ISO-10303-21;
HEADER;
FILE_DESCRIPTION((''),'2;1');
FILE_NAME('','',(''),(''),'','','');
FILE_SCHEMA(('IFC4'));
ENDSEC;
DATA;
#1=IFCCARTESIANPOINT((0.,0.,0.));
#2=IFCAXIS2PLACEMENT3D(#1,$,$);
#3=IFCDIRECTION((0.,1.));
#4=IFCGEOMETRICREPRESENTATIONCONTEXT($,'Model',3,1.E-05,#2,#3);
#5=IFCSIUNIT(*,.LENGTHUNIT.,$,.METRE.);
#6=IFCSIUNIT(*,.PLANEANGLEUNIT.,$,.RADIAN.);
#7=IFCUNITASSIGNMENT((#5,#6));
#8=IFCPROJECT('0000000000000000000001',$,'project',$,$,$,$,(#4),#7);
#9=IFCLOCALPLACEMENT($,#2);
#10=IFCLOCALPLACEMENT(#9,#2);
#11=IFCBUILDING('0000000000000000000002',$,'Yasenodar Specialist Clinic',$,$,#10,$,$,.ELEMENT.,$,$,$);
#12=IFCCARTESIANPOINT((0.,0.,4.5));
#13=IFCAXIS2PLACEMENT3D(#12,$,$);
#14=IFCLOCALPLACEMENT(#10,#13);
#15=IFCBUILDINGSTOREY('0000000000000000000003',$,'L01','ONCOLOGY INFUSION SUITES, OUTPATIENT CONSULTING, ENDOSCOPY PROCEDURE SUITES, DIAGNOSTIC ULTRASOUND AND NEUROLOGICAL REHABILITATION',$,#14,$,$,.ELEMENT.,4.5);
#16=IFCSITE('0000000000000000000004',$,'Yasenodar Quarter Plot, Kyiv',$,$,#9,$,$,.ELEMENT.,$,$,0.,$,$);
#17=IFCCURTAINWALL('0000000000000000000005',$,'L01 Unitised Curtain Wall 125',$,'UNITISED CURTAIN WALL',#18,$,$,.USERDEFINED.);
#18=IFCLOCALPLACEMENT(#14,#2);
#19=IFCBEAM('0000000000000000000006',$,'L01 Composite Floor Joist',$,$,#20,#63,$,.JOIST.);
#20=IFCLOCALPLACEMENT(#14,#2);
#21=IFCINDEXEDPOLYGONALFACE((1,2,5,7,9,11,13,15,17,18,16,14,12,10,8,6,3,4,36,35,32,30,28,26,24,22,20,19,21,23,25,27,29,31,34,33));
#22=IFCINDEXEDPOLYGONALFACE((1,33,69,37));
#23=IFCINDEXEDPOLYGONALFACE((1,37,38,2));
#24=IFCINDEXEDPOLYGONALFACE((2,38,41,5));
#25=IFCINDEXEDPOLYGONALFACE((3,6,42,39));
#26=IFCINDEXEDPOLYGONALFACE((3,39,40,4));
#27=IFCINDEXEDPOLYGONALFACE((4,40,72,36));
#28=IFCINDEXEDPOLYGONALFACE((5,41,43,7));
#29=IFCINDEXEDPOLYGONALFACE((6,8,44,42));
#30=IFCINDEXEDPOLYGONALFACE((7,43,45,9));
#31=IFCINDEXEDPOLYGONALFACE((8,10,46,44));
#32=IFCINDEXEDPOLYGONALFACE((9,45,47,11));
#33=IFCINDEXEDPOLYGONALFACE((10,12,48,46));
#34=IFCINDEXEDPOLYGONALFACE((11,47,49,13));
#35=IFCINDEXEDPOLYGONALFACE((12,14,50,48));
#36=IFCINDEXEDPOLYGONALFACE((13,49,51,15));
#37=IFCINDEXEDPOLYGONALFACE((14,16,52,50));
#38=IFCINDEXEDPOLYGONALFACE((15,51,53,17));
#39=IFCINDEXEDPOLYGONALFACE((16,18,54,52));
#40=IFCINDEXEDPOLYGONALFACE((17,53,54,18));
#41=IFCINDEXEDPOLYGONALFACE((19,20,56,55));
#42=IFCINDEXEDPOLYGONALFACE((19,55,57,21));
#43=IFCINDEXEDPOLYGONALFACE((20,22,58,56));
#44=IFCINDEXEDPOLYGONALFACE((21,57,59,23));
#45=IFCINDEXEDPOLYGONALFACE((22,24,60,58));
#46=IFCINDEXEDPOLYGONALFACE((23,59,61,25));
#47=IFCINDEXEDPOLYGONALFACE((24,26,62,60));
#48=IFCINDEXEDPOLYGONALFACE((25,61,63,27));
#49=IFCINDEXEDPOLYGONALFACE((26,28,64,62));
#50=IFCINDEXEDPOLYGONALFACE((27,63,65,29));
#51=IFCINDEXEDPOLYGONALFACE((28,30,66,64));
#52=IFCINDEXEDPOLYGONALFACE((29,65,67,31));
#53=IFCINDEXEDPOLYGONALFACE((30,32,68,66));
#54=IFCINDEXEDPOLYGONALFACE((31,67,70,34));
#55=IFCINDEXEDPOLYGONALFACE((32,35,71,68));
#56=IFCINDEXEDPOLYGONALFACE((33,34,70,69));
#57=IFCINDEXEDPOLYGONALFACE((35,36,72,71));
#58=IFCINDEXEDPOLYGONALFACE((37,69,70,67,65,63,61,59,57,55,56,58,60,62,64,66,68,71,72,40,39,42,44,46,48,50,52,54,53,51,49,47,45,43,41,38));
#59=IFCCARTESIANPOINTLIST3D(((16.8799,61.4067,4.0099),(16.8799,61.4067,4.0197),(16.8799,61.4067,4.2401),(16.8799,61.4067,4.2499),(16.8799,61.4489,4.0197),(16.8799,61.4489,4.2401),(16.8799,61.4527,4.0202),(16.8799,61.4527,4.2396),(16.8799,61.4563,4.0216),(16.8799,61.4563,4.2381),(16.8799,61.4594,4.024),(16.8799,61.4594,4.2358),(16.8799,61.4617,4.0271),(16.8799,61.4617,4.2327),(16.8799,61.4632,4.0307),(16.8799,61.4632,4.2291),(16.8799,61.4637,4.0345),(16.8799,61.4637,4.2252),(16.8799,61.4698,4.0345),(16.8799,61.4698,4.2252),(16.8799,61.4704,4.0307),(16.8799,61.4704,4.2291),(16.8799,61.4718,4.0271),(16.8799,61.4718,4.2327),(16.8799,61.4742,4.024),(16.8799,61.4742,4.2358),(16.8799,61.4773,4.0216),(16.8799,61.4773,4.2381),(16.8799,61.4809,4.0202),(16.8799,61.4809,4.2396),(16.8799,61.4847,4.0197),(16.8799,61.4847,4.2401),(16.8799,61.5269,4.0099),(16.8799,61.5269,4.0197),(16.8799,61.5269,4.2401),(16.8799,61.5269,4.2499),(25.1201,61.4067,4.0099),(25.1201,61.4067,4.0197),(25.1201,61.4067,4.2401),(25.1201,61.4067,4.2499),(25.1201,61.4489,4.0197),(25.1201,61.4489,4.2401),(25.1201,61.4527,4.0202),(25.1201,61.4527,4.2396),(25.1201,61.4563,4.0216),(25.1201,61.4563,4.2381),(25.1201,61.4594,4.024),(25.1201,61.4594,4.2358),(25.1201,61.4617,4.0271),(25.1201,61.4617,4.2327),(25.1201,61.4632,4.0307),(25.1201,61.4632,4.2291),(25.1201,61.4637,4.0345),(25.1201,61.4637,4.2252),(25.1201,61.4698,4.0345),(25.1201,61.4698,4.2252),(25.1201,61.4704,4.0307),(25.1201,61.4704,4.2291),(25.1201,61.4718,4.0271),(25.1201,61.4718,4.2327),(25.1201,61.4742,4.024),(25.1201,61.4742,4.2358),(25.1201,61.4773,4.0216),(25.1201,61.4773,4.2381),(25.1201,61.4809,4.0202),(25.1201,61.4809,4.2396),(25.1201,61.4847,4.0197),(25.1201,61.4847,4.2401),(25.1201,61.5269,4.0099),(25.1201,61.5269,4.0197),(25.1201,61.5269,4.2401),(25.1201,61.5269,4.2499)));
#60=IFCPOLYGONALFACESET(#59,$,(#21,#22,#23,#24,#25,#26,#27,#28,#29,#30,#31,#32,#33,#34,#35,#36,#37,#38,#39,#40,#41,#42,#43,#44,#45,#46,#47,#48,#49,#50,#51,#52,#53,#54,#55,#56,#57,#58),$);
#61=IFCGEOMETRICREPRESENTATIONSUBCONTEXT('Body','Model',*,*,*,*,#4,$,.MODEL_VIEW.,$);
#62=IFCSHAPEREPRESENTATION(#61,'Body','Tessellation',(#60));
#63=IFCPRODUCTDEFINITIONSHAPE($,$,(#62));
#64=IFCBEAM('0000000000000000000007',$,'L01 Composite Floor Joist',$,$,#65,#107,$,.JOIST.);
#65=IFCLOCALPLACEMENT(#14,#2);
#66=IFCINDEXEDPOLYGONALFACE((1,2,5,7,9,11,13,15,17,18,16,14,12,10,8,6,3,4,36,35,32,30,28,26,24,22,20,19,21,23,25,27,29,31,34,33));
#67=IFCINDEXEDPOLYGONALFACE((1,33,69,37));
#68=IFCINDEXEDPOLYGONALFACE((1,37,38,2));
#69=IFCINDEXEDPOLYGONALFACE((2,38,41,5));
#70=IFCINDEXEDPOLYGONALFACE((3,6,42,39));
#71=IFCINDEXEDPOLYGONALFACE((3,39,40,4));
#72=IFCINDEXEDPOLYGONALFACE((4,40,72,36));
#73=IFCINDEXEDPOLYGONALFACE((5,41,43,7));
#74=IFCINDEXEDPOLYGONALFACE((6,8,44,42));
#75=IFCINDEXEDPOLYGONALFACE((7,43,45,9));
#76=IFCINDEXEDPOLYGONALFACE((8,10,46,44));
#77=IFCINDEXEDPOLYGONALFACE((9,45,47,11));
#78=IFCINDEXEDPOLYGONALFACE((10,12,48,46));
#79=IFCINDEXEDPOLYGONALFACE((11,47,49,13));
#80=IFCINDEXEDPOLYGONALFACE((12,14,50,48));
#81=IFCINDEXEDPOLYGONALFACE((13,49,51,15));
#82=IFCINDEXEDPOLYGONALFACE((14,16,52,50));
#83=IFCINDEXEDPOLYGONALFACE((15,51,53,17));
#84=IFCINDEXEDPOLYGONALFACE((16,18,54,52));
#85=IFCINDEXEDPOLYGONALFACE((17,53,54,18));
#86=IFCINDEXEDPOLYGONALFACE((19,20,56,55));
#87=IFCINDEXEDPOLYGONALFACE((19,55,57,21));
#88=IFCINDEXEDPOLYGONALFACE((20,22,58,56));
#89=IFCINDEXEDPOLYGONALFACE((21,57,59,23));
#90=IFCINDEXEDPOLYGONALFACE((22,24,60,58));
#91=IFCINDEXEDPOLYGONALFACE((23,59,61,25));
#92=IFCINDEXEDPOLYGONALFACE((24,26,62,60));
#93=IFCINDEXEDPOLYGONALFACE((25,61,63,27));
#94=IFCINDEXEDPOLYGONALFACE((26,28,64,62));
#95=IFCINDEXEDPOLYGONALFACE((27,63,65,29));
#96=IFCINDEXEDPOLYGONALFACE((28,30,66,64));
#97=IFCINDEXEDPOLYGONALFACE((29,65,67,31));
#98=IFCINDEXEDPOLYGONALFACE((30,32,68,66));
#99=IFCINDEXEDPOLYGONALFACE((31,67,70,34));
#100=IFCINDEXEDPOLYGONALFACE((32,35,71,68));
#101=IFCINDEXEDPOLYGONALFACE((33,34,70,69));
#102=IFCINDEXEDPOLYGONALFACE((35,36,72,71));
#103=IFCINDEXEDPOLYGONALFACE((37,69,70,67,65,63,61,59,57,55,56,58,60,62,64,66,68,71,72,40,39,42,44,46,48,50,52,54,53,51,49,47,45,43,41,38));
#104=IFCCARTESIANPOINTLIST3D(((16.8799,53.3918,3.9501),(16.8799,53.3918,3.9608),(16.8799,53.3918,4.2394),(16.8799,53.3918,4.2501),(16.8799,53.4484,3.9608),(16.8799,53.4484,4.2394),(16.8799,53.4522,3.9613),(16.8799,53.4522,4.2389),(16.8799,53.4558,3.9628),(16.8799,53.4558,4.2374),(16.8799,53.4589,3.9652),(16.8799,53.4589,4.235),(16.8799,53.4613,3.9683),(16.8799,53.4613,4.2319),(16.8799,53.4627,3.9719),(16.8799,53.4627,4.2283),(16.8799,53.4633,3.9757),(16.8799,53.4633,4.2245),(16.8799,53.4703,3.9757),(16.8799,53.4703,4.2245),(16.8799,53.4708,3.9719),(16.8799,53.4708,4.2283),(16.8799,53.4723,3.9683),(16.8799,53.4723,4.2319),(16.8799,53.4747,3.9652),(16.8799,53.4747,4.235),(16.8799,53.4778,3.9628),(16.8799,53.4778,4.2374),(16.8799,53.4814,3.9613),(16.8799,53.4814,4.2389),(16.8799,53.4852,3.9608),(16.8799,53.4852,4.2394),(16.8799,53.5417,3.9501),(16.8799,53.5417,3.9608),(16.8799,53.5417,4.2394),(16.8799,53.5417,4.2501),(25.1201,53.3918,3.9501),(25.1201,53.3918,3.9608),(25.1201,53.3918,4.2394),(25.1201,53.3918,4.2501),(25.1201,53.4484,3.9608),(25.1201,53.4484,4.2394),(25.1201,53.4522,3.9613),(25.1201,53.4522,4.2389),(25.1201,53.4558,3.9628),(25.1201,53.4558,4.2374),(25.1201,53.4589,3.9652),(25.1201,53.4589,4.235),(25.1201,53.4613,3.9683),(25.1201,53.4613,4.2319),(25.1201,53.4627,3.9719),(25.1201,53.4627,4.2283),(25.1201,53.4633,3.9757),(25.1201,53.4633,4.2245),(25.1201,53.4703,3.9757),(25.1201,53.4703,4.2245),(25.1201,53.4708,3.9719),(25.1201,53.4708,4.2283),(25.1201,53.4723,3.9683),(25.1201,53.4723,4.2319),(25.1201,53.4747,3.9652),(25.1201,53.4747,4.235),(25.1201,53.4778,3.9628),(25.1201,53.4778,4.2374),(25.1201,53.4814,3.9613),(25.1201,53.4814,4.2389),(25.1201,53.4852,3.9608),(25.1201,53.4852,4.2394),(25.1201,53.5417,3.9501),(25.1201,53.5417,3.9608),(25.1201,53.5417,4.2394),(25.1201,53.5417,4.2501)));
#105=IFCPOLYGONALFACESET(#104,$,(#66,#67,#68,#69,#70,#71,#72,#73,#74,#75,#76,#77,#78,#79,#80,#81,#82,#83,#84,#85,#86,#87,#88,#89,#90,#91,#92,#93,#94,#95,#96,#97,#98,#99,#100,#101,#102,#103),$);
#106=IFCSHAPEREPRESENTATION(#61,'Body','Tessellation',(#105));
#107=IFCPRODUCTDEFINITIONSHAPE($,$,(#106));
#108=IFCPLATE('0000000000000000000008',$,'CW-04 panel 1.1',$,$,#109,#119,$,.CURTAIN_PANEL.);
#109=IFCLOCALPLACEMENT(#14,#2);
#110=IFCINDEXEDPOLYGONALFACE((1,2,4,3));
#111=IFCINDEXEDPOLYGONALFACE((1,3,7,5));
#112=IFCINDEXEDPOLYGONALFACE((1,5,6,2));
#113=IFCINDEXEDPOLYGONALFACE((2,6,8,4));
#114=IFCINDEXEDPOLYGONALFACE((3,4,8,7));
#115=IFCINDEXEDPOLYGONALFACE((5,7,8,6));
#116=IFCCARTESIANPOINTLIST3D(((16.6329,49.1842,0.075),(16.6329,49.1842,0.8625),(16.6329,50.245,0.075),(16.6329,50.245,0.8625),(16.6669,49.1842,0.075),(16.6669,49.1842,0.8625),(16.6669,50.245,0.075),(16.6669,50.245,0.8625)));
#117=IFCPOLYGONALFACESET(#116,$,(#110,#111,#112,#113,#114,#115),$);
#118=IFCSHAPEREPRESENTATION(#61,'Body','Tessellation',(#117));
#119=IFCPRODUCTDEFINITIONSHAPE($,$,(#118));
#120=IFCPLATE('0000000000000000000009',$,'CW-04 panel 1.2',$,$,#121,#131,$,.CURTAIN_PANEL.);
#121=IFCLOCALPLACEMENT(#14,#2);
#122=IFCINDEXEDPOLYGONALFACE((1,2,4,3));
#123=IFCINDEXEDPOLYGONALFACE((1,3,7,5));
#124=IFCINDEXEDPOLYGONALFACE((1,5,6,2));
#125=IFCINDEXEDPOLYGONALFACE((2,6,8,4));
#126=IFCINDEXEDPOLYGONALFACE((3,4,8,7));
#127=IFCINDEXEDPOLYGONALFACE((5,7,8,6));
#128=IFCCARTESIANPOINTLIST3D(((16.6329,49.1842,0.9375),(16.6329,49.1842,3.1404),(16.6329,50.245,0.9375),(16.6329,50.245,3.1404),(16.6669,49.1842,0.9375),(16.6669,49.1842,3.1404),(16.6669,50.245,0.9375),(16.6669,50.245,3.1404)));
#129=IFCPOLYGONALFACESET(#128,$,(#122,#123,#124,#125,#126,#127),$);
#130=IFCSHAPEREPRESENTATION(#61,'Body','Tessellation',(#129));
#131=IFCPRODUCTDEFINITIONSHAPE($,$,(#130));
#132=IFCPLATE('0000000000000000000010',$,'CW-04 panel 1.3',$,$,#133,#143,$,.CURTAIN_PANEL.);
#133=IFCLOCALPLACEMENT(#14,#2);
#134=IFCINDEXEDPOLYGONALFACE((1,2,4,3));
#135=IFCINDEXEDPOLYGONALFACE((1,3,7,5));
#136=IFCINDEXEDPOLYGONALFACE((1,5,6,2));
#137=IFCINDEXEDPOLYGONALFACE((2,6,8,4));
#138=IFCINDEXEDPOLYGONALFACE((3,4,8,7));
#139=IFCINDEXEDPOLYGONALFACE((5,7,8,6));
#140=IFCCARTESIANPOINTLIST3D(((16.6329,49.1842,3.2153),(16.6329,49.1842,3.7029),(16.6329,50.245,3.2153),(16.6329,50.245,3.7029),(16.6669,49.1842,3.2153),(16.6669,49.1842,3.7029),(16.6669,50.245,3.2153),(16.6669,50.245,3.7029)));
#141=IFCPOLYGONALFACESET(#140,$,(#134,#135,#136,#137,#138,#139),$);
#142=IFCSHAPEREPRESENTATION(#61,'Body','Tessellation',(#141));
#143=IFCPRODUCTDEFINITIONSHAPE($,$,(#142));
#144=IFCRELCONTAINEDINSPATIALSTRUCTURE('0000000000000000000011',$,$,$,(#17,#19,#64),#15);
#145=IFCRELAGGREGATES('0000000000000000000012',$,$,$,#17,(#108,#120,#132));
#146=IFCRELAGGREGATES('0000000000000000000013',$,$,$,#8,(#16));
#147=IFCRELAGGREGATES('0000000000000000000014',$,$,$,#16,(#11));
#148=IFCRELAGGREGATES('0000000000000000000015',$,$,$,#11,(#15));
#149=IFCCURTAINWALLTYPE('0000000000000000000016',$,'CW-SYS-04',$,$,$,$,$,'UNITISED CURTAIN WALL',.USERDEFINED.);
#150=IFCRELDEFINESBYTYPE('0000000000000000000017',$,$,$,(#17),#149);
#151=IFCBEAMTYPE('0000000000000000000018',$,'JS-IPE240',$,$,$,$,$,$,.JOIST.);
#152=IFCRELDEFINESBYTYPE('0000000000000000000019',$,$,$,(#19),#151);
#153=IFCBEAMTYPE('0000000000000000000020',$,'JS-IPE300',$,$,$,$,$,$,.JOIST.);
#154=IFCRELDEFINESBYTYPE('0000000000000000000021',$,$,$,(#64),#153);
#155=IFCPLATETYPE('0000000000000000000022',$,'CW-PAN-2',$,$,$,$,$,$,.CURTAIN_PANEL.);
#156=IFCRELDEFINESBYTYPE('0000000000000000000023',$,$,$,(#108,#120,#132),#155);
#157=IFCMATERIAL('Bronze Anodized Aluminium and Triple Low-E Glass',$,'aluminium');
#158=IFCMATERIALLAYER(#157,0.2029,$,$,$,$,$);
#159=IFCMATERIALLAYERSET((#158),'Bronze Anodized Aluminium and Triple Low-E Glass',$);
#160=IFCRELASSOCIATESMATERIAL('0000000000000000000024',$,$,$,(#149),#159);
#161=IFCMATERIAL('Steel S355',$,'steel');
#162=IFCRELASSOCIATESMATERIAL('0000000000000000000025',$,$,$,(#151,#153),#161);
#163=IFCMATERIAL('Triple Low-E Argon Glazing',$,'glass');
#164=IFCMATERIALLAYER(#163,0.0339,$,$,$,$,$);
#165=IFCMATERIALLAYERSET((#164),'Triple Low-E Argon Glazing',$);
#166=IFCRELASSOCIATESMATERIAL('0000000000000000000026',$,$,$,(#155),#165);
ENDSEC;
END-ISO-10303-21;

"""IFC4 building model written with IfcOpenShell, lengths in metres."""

from ifc_helpers import new_model, si_unit, direction, frame, origin, origin_2d, place, context, subcontext, project, spatial, rectangle, i_section, extrude, material, layer, layer_set, material_profile, profile_set, type_object, element, aggregate, save


model = new_model("IFC4")

# Units and contexts
model_context = context("Model", 3, precision=1e-05, world=origin(), true_north=direction((0.0, 1.0)))
body_context = subcontext(model_context, "Body", "Model", "MODEL_VIEW")
ifc_project = project(units=[si_unit("LENGTHUNIT", "METRE"), si_unit("PLANEANGLEUNIT", "RADIAN")], contexts=[model_context])

# Site, building, storey
site_placement = place(None, origin())
site = spatial("IfcSite", under=ifc_project, at=site_placement, Name="Yasenodar Quarter Plot, Kyiv", CompositionType="ELEMENT", RefElevation=0.0)
building_placement = place(site_placement, origin())
building = spatial("IfcBuilding", under=site, at=building_placement, Name="Yasenodar Specialist Clinic", CompositionType="ELEMENT")
storey_placement = place(building_placement, frame((0.0, 0.0, 4.5)))
storey = spatial("IfcBuildingStorey", under=building, at=storey_placement, Name="L01", Description="ONCOLOGY INFUSION SUITES, OUTPATIENT CONSULTING, ENDOSCOPY PROCEDURE SUITES, DIAGNOSTIC ULTRASOUND AND NEUROLOGICAL REHABILITATION", CompositionType="ELEMENT", Elevation=4.5)

# Shared definitions
ifc_material_1 = material(Name="Steel S355", Category="steel")

# Curtain wall
ifc_material_2 = material(Name="Bronze Anodized Aluminium and Triple Low-E Glass", Category="aluminium")
ifc_layer_1 = layer(ifc_material_2, 0.2029)
ifc_layer_set_1 = layer_set([ifc_layer_1], Name="Bronze Anodized Aluminium and Triple Low-E Glass")
curtain_wall_type = type_object("IfcCurtainWallType", Name="CW-SYS-04", ElementType="UNITISED CURTAIN WALL", PredefinedType="USERDEFINED", material=ifc_layer_set_1)
curtain_wall_placement = place(storey_placement, origin())
curtain_wall = element("IfcCurtainWall", 1, at=curtain_wall_placement, inside=storey, type_object=curtain_wall_type, Name="L01 Unitised Curtain Wall 125", ObjectType="UNITISED CURTAIN WALL", PredefinedType="USERDEFINED")

# Beams
ifc_material_profile_1 = material_profile(ifc_material_1, i_section(OverallWidth=0.1201, OverallDepth=0.24, WebThickness=0.0061, FlangeThickness=0.0098, FilletRadius=0.0149, at=origin_2d()), Name="IPE 240")
ifc_profile_set_1 = profile_set([ifc_material_profile_1], Name="Steel S355")
beam_type_1 = type_object("IfcBeamType", Name="JS-IPE240", PredefinedType="JOIST", material=ifc_profile_set_1)
for number, where, z_axis, x_axis, name in (
    (2, (16.8799, 61.4668, 4.1299), (1.0, 0.0, 0.0), (0.0, 1.0, 0.0), "L01 Composite Floor Joist"),
):
    element("IfcBeam", number, at=place(storey_placement, frame(where, z_axis=z_axis, x_axis=x_axis)), inside=storey, type_object=beam_type_1, Name=name, PredefinedType="JOIST", context=body_context, shape_type="SweptSolid", body=[
        extrude(i_section(OverallWidth=0.1201, OverallDepth=0.24, WebThickness=0.0061, FlangeThickness=0.0098, FilletRadius=0.0149, at=origin_2d()), origin(), (0.0, 0.0, 1.0), 8.2402),
    ])
ifc_material_profile_2 = material_profile(ifc_material_1, i_section(OverallWidth=0.1499, OverallDepth=0.3, WebThickness=0.0071, FlangeThickness=0.0107, FilletRadius=0.0149, at=origin_2d()), Name="IPE 300")
ifc_profile_set_2 = profile_set([ifc_material_profile_2], Name="Steel S355")
beam_type_2 = type_object("IfcBeamType", Name="JS-IPE300", PredefinedType="JOIST", material=ifc_profile_set_2)
beam_1_placement = place(storey_placement, frame((16.8799, 53.4668, 4.1001), z_axis=(1.0, 0.0, 0.0), x_axis=(0.0, 1.0, 0.0)))
element("IfcBeam", 3, at=beam_1_placement, inside=storey, type_object=beam_type_2, Name="L01 Composite Floor Joist", PredefinedType="JOIST", context=body_context, shape_type="SweptSolid", body=[
    extrude(i_section(OverallWidth=0.1499, OverallDepth=0.3, WebThickness=0.0071, FlangeThickness=0.0107, FilletRadius=0.0149, at=origin_2d()), origin(), (0.0, 0.0, 1.0), 8.2402),
])

# Plates
ifc_material_3 = material(Name="Triple Low-E Argon Glazing", Category="glass")
ifc_layer_2 = layer(ifc_material_3, 0.0339)
ifc_layer_set_2 = layer_set([ifc_layer_2], Name="Triple Low-E Argon Glazing")
plate_type = type_object("IfcPlateType", Name="CW-PAN-2", PredefinedType="CURTAIN_PANEL", material=ifc_layer_set_2)
plate_1_placement = place(storey_placement, frame((16.6499, 49.7146, 0.075), z_axis=(0.0, 0.0, 1.0), x_axis=(0.0, -1.0, 0.0)))
plate_1 = element("IfcPlate", 4, at=plate_1_placement, type_object=plate_type, Name="CW-04 panel 1.1", PredefinedType="CURTAIN_PANEL", context=body_context, shape_type="SweptSolid", body=[
    extrude(rectangle(XDim=1.0608, YDim=0.0339, at=origin_2d()), origin(), (0.0, 0.0, 1.0), 0.7876),
])
plate_2_placement = place(storey_placement, frame((16.6499, 49.7146, 0.9375), z_axis=(0.0, 0.0, 1.0), x_axis=(0.0, -1.0, 0.0)))
plate_2 = element("IfcPlate", 5, at=plate_2_placement, type_object=plate_type, Name="CW-04 panel 1.2", PredefinedType="CURTAIN_PANEL", context=body_context, shape_type="SweptSolid", body=[
    extrude(rectangle(XDim=1.0608, YDim=0.0339, at=origin_2d()), origin(), (0.0, 0.0, 1.0), 2.2029),
])
plate_3_placement = place(storey_placement, frame((16.6499, 49.7146, 3.2153), z_axis=(0.0, 0.0, 1.0), x_axis=(0.0, -1.0, 0.0)))
plate_3 = element("IfcPlate", 6, at=plate_3_placement, type_object=plate_type, Name="CW-04 panel 1.3", PredefinedType="CURTAIN_PANEL", context=body_context, shape_type="SweptSolid", body=[
    extrude(rectangle(XDim=1.0608, YDim=0.0339, at=origin_2d()), origin(), (0.0, 0.0, 1.0), 0.4875),
])
aggregate(curtain_wall, [plate_1, plate_2, plate_3])

save(model, "model.ifc")
